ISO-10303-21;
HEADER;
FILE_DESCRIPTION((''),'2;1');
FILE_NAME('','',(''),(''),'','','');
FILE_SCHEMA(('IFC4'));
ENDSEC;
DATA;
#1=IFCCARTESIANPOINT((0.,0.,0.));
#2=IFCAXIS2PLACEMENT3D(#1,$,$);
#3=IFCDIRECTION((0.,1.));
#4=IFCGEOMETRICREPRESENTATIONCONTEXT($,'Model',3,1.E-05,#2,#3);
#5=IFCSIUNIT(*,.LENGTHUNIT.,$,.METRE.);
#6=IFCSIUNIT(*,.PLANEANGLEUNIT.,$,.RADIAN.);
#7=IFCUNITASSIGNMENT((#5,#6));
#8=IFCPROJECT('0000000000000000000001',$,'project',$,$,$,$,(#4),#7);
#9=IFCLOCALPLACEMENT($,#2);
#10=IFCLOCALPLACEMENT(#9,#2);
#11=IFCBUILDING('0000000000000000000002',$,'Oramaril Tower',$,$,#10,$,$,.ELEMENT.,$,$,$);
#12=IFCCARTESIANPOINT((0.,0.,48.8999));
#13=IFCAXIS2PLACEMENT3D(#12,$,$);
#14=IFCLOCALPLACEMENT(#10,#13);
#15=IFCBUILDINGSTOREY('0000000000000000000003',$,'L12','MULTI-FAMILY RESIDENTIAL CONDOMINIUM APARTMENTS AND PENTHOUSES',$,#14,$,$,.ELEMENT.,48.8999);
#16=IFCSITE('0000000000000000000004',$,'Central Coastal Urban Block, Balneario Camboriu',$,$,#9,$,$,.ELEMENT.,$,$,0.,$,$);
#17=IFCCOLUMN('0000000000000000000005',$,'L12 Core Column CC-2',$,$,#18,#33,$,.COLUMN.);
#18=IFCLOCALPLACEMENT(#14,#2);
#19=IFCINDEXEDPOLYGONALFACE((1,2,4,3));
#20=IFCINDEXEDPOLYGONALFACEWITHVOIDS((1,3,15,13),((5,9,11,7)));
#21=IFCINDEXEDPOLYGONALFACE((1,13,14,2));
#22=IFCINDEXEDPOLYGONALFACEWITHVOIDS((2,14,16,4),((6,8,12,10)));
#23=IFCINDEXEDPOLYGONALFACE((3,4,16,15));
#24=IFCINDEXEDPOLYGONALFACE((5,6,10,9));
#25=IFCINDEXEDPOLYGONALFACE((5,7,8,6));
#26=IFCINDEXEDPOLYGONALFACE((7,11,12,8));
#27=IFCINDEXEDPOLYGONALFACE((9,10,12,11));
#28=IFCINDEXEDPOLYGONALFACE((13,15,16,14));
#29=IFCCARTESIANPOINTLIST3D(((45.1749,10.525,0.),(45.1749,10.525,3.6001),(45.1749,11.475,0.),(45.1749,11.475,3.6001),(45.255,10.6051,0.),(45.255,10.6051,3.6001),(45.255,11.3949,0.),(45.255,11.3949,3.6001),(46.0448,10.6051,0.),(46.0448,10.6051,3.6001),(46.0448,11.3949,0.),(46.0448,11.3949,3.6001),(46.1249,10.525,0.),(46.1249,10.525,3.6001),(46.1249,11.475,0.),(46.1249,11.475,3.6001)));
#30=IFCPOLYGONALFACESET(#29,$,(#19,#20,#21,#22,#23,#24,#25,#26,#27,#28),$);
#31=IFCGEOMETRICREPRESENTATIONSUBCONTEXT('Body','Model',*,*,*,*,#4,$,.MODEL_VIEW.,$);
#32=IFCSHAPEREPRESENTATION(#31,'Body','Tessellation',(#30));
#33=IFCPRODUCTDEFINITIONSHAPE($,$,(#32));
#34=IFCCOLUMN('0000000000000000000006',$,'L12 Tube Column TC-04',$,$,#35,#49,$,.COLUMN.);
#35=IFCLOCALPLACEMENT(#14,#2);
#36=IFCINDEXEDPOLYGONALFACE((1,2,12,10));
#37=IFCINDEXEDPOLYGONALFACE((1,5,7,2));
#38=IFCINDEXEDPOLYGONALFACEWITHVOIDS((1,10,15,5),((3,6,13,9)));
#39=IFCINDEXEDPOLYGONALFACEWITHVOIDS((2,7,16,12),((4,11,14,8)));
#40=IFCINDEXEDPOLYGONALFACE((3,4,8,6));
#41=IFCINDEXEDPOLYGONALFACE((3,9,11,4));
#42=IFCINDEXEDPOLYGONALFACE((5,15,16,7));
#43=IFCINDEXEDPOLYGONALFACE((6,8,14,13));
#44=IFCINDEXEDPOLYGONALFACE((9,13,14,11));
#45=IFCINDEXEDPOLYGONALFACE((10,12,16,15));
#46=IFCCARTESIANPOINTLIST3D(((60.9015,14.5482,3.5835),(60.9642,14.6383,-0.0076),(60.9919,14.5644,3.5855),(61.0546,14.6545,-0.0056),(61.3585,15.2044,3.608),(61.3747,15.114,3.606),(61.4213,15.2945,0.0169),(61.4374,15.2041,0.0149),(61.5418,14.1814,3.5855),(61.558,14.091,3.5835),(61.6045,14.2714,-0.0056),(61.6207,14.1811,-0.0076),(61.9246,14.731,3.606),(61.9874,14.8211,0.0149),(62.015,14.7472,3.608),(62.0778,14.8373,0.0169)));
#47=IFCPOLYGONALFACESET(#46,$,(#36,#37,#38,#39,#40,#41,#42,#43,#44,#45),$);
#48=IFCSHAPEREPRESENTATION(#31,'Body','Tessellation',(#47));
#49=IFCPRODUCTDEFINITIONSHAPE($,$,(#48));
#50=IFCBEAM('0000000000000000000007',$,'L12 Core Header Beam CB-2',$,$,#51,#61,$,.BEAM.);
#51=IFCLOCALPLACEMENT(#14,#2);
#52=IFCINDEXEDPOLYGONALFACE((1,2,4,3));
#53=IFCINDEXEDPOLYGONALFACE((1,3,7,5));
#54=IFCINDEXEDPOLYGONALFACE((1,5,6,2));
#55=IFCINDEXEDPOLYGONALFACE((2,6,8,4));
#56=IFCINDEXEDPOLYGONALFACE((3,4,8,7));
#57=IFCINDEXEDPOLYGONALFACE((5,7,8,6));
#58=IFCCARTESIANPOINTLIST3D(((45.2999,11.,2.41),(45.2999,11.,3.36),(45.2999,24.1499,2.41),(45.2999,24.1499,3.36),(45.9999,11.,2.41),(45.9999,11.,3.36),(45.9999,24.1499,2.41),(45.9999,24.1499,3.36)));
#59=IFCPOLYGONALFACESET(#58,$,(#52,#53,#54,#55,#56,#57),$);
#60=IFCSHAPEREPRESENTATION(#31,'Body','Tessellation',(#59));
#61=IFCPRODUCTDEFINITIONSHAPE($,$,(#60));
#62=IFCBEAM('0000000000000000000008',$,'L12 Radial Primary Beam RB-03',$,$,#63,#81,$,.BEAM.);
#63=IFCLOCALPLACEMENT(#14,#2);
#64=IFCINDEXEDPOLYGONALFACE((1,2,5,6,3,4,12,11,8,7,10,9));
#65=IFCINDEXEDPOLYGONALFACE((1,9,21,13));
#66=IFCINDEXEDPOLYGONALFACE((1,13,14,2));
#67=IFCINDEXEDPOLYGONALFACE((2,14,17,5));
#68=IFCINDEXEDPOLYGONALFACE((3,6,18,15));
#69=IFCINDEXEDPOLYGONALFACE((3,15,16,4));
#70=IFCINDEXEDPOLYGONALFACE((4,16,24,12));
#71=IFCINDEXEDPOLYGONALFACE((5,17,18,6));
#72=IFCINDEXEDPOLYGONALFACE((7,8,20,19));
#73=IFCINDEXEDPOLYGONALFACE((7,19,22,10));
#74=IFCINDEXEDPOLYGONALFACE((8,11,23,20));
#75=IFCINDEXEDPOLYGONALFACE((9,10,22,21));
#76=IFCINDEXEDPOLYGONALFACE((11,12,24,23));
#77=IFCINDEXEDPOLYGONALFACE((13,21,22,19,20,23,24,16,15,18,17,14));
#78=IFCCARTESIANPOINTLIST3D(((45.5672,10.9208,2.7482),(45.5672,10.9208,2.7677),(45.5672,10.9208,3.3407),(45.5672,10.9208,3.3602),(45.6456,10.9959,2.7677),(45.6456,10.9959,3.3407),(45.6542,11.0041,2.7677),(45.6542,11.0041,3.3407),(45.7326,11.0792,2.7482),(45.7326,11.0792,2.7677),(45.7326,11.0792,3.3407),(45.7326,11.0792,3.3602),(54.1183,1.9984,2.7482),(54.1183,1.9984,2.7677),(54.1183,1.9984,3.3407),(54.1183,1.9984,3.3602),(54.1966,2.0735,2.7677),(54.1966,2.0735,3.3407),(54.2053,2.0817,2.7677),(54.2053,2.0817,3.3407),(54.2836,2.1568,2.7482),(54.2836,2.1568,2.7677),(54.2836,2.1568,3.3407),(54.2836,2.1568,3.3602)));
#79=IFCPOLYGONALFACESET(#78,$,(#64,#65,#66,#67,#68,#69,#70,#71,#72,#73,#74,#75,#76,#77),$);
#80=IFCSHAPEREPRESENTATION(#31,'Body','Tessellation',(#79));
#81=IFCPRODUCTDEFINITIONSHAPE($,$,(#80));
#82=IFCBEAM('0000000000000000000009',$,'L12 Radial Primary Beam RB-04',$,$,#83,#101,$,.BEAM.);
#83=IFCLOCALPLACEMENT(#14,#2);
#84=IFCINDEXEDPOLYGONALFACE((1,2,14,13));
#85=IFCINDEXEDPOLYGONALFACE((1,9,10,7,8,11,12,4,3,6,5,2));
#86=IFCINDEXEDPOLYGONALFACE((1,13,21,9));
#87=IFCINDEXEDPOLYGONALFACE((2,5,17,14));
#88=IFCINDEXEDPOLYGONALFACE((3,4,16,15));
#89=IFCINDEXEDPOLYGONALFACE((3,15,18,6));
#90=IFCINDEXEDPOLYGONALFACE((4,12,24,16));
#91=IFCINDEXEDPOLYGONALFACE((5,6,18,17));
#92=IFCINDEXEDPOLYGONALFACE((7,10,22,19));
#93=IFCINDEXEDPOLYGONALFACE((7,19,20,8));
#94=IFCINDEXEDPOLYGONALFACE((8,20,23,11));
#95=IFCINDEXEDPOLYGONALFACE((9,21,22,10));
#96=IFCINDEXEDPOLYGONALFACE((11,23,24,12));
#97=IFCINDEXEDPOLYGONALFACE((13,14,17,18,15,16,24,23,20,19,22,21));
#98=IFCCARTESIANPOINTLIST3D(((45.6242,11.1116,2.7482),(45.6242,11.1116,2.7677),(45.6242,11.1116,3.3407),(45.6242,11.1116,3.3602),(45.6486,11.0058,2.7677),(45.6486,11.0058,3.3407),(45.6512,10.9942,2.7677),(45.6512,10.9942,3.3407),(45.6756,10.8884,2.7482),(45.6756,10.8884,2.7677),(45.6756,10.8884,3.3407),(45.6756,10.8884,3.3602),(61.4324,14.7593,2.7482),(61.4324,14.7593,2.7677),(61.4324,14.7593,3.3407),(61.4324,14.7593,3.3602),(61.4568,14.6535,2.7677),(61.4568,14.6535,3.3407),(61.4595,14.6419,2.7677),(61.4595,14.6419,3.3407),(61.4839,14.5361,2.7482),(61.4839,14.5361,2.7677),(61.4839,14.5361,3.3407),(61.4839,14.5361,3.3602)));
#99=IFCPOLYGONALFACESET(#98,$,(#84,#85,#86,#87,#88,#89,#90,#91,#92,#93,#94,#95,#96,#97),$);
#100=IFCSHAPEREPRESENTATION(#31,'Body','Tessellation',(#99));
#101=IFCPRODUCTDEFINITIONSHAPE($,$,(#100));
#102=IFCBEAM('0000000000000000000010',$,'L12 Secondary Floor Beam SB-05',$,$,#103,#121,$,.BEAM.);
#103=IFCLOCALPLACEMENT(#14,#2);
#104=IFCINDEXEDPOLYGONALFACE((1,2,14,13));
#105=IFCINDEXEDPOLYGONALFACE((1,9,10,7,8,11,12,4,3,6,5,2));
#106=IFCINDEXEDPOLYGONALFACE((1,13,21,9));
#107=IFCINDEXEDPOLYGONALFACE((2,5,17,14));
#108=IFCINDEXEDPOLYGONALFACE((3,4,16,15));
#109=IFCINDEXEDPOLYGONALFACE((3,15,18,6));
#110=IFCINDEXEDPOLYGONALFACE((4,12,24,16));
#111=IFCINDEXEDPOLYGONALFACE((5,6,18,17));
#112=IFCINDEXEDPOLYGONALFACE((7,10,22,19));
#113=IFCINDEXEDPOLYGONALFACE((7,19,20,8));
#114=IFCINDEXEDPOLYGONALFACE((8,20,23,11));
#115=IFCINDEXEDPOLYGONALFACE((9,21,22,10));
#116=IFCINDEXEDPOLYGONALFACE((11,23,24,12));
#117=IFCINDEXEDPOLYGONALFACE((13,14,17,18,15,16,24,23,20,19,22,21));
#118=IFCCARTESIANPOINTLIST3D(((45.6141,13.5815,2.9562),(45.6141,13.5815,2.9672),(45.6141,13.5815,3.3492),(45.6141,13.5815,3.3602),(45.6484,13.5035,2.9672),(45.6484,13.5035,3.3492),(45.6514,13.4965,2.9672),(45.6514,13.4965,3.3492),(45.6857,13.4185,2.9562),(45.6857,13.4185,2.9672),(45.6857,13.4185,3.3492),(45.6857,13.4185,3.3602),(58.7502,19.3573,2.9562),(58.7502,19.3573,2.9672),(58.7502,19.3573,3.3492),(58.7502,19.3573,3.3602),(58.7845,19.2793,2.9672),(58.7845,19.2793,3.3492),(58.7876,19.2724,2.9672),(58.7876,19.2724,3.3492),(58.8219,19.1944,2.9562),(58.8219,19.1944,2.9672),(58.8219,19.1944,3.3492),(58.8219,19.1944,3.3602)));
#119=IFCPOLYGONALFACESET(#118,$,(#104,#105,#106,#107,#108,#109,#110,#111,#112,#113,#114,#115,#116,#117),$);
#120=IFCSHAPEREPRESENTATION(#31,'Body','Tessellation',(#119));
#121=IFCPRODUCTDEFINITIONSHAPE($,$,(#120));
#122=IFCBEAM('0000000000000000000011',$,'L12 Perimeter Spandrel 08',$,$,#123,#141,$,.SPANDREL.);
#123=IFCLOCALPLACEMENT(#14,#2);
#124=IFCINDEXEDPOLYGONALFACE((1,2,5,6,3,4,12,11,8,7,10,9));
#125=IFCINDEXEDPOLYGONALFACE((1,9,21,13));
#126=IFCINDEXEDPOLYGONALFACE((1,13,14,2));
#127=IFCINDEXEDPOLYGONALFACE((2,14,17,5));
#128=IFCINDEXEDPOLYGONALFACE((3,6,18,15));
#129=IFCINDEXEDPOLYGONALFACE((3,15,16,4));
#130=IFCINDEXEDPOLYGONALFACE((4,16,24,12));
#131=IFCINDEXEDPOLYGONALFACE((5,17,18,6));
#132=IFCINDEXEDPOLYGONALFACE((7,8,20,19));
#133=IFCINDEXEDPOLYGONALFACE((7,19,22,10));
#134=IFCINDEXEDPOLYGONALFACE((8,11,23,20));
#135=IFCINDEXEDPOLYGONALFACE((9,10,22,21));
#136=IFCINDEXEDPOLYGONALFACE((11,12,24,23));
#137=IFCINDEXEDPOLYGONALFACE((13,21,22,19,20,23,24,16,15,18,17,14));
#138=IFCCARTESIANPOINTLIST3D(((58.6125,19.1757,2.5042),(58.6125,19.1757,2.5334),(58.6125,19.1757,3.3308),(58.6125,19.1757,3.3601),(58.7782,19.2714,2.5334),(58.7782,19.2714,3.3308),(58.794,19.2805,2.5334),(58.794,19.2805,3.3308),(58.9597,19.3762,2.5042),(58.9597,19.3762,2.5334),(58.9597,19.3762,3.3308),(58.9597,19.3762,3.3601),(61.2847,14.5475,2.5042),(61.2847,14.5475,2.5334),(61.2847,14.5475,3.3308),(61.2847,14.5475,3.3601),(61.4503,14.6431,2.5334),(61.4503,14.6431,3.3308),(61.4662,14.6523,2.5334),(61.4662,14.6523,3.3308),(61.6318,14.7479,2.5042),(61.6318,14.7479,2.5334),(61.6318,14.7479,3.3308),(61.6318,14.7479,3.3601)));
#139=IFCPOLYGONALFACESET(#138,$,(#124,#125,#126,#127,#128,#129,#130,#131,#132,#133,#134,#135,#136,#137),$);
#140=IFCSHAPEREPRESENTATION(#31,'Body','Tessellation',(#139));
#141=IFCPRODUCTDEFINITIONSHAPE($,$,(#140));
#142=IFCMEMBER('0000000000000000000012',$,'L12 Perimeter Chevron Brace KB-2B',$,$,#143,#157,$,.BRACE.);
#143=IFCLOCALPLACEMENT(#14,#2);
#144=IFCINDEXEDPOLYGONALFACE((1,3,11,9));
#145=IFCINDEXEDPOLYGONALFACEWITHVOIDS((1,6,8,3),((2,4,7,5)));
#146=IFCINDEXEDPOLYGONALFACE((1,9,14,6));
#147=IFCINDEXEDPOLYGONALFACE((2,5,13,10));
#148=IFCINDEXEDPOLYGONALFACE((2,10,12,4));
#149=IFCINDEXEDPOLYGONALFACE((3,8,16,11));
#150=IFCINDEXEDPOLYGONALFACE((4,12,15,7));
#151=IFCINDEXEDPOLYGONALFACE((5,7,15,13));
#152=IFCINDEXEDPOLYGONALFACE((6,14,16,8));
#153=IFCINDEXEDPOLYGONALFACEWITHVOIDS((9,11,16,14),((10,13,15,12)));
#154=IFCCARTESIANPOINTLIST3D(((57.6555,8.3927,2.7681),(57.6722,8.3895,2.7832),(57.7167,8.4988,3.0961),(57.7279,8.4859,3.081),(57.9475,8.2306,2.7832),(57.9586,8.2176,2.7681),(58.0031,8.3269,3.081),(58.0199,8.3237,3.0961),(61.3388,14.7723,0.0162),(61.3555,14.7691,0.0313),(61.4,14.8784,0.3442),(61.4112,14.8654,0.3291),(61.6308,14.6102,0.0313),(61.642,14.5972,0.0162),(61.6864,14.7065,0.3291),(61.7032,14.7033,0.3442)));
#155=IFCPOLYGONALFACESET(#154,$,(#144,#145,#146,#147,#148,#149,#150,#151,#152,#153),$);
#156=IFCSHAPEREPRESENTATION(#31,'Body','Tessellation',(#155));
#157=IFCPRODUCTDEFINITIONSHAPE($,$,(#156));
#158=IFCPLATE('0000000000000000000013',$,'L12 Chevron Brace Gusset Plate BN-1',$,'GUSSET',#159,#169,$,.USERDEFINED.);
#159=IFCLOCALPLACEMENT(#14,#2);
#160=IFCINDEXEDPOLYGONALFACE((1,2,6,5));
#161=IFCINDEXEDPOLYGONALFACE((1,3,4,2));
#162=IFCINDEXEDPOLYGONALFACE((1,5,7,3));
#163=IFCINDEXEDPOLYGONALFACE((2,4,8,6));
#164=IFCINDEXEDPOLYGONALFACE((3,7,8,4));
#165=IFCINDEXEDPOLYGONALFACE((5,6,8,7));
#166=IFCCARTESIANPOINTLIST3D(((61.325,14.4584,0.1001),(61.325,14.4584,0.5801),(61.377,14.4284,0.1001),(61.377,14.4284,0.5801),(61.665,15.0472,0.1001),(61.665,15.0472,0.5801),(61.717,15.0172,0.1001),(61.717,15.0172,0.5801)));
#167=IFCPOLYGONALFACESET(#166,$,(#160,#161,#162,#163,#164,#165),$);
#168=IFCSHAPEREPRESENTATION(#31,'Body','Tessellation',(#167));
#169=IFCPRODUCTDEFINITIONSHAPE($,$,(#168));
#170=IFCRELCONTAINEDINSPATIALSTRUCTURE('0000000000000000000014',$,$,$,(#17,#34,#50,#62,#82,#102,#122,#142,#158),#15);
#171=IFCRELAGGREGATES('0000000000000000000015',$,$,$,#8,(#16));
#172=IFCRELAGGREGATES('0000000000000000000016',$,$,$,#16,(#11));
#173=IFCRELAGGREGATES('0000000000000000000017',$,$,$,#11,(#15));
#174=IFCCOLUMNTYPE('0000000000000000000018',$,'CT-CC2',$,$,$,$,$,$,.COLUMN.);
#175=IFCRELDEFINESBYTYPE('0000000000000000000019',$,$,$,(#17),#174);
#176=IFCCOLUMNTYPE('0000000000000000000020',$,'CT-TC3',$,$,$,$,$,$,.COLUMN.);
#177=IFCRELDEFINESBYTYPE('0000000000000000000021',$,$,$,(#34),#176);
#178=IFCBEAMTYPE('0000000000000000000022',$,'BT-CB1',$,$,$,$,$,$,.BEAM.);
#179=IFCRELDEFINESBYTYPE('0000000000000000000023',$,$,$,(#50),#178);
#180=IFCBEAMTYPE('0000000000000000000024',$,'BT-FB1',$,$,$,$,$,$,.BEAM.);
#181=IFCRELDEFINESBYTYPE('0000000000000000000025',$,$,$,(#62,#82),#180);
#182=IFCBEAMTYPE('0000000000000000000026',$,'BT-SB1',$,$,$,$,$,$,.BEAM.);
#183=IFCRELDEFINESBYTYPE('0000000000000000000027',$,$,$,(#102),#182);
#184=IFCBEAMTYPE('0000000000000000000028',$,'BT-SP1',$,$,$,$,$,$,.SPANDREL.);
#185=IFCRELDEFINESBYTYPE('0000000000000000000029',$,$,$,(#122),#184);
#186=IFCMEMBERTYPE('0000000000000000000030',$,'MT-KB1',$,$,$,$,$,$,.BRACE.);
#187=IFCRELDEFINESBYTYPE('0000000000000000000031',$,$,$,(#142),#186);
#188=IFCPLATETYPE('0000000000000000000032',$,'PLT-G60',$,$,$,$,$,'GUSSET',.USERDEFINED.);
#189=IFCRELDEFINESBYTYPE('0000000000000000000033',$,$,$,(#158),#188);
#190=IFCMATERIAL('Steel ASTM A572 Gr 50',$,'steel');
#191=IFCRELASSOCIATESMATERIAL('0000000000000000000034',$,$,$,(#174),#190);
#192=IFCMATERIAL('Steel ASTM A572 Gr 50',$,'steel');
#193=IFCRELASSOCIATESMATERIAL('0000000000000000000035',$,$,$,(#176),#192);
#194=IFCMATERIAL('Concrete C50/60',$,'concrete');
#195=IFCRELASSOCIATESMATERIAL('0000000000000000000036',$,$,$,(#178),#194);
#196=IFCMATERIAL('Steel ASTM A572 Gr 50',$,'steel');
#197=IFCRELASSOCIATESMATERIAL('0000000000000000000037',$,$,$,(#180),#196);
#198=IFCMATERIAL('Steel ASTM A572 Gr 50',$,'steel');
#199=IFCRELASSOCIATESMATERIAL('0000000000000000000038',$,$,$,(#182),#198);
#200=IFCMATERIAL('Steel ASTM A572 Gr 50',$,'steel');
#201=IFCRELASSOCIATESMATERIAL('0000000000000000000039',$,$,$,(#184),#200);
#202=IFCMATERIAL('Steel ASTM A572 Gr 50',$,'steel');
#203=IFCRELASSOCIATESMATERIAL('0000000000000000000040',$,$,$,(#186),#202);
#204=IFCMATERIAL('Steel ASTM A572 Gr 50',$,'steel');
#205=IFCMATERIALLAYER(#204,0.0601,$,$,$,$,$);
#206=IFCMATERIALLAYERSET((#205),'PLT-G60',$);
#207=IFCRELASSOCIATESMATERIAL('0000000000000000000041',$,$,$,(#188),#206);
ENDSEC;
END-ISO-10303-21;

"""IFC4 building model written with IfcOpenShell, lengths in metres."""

from ifc_helpers import new_model, si_unit, direction, frame, origin, origin_2d, place, context, subcontext, project, spatial, rectangle, hollow_rectangle, i_section, extrude, material, layer, layer_set, material_profile, profile_set, type_object, element, save


model = new_model("IFC4")

# Units and contexts
model_context = context("Model", 3, precision=1e-05, world=origin(), true_north=direction((0.0, 1.0)))
body_context = subcontext(model_context, "Body", "Model", "MODEL_VIEW")
ifc_project = project(units=[si_unit("LENGTHUNIT", "METRE"), si_unit("PLANEANGLEUNIT", "RADIAN")], contexts=[model_context])

# Site, building, storey
site_placement = place(None, origin())
site = spatial("IfcSite", under=ifc_project, at=site_placement, Name="Central Coastal Urban Block, Balneario Camboriu", CompositionType="ELEMENT", RefElevation=0.0)
building_placement = place(site_placement, origin())
building = spatial("IfcBuilding", under=site, at=building_placement, Name="Oramaril Tower", CompositionType="ELEMENT")
storey_placement = place(building_placement, frame((0.0, 0.0, 48.8999)))
storey = spatial("IfcBuildingStorey", under=building, at=storey_placement, Name="L12", Description="MULTI-FAMILY RESIDENTIAL CONDOMINIUM APARTMENTS AND PENTHOUSES", CompositionType="ELEMENT", Elevation=48.8999)

# Columns
ifc_material_1 = material(Name="Steel ASTM A572 Gr 50", Category="steel")
ifc_material_profile_1 = material_profile(ifc_material_1, hollow_rectangle(XDim=0.95, YDim=0.95, WallThickness=0.0801, at=origin_2d()), Name="BOX950X950X80")
ifc_profile_set_1 = profile_set([ifc_material_profile_1], Name="Steel ASTM A572 Gr 50")
column_type_1 = type_object("IfcColumnType", Name="CT-CC2", PredefinedType="COLUMN", material=ifc_profile_set_1)
column_1_placement = place(storey_placement, frame((45.6499, 11.0, 0.0), z_axis=(0.0, 0.0, 1.0), x_axis=(1.0, 0.0, 0.0)))
element("IfcColumn", 1, at=column_1_placement, inside=storey, type_object=column_type_1, Name="L12 Core Column CC-2", PredefinedType="COLUMN", context=body_context, shape_type="SweptSolid", body=[
    extrude(hollow_rectangle(XDim=0.95, YDim=0.95, WallThickness=0.0801, at=origin_2d()), origin(), (0.0, 0.0, 1.0), 3.6001),
])
ifc_material_2 = material(Name="Steel ASTM A572 Gr 50", Category="steel")
ifc_material_profile_2 = material_profile(ifc_material_2, hollow_rectangle(XDim=0.8, YDim=0.8, WallThickness=0.0649, at=origin_2d()), Name="BOX800X800X65")
ifc_profile_set_2 = profile_set([ifc_material_profile_2], Name="Steel ASTM A572 Gr 50")
column_type_2 = type_object("IfcColumnType", Name="CT-TC3", PredefinedType="COLUMN", material=ifc_profile_set_2)
column_2_placement = place(storey_placement, frame((61.521, 14.7378, 0.0046), z_axis=(-0.017464, -0.025075, 0.999533), x_axis=(0.820588, -0.57152, 0.0)))
element("IfcColumn", 2, at=column_2_placement, inside=storey, type_object=column_type_2, Name="L12 Tube Column TC-04", PredefinedType="COLUMN", context=body_context, shape_type="SweptSolid", body=[
    extrude(hollow_rectangle(XDim=0.8, YDim=0.8, WallThickness=0.0649, at=origin_2d()), origin(), (0.0, 0.0, 1.0), 3.5928),
])

# Beams
ifc_material_3 = material(Name="Concrete C50/60", Category="concrete")
ifc_material_profile_3 = material_profile(ifc_material_3, rectangle(XDim=0.7, YDim=0.95, at=origin_2d()), Name="CB700X950")
ifc_profile_set_3 = profile_set([ifc_material_profile_3], Name="Concrete C50/60")
beam_type_1 = type_object("IfcBeamType", Name="BT-CB1", PredefinedType="BEAM", material=ifc_profile_set_3)
beam_1_placement = place(storey_placement, frame((45.6499, 11.0, 2.885), z_axis=(0.0, 1.0, 0.0), x_axis=(-1.0, 0.0, 0.0)))
element("IfcBeam", 3, at=beam_1_placement, inside=storey, type_object=beam_type_1, Name="L12 Core Header Beam CB-2", PredefinedType="BEAM", context=body_context, shape_type="SweptSolid", body=[
    extrude(rectangle(XDim=0.7, YDim=0.95, at=origin_2d()), origin(), (0.0, 0.0, 1.0), 13.1499),
])
ifc_material_4 = material(Name="Steel ASTM A572 Gr 50", Category="steel")
ifc_material_profile_4 = material_profile(ifc_material_4, i_section(OverallWidth=0.229, OverallDepth=0.6121, WebThickness=0.012, FlangeThickness=0.0195, at=origin_2d()), Name="W24X84")
ifc_profile_set_4 = profile_set([ifc_material_profile_4], Name="Steel ASTM A572 Gr 50")
beam_type_2 = type_object("IfcBeamType", Name="BT-FB1", PredefinedType="BEAM", material=ifc_profile_set_4)
beam_2_placement = place(storey_placement, frame((45.6499, 11.0, 3.0542), z_axis=(0.691923, -0.721971, 0.0), x_axis=(0.721971, 0.691923, 0.0)))
element("IfcBeam", 4, at=beam_2_placement, inside=storey, type_object=beam_type_2, Name="L12 Radial Primary Beam RB-03", PredefinedType="BEAM", context=body_context, shape_type="SweptSolid", body=[
    extrude(i_section(OverallWidth=0.229, OverallDepth=0.6121, WebThickness=0.012, FlangeThickness=0.0195, at=origin_2d()), origin(), (0.0, 0.0, 1.0), 12.3584),
])
beam_3_placement = place(storey_placement, frame((45.6499, 11.0, 3.0542), z_axis=(0.974396, 0.224838, 0.0), x_axis=(-0.224838, 0.974396, 0.0)))
element("IfcBeam", 5, at=beam_3_placement, inside=storey, type_object=beam_type_2, Name="L12 Radial Primary Beam RB-04", PredefinedType="BEAM", context=body_context, shape_type="SweptSolid", body=[
    extrude(i_section(OverallWidth=0.229, OverallDepth=0.6121, WebThickness=0.012, FlangeThickness=0.0195, at=origin_2d()), origin(), (0.0, 0.0, 1.0), 16.2236),
])
ifc_material_5 = material(Name="Steel ASTM A572 Gr 50", Category="steel")
ifc_material_profile_5 = material_profile(ifc_material_5, i_section(OverallWidth=0.178, OverallDepth=0.4041, WebThickness=0.0076, FlangeThickness=0.011, at=origin_2d()), Name="W16X36")
ifc_profile_set_5 = profile_set([ifc_material_profile_5], Name="Steel ASTM A572 Gr 50")
beam_type_3 = type_object("IfcBeamType", Name="BT-SB1", PredefinedType="BEAM", material=ifc_profile_set_5)
beam_4_placement = place(storey_placement, frame((45.6499, 13.5, 3.1582), z_axis=(0.915419, 0.402501, 0.0), x_axis=(-0.402501, 0.915419, 0.0)))
element("IfcBeam", 6, at=beam_4_placement, inside=storey, type_object=beam_type_3, Name="L12 Secondary Floor Beam SB-05", PredefinedType="BEAM", context=body_context, shape_type="SweptSolid", body=[
    extrude(i_section(OverallWidth=0.178, OverallDepth=0.4041, WebThickness=0.0076, FlangeThickness=0.011, at=origin_2d()), origin(), (0.0, 0.0, 1.0), 14.3499),
])
ifc_material_6 = material(Name="Steel ASTM A572 Gr 50", Category="steel")
ifc_material_profile_6 = material_profile(ifc_material_6, i_section(OverallWidth=0.4009, OverallDepth=0.856, WebThickness=0.0183, FlangeThickness=0.0293, at=origin_2d()), Name="W33X201")
ifc_profile_set_6 = profile_set([ifc_material_profile_6], Name="Steel ASTM A572 Gr 50")
beam_type_4 = type_object("IfcBeamType", Name="BT-SP1", PredefinedType="SPANDREL", material=ifc_profile_set_6)
beam_5_placement = place(storey_placement, frame((61.4583, 14.6477, 2.9321), z_axis=(-0.500006, 0.866022, 0.0), x_axis=(-0.866022, -0.500006, 0.0)))
element("IfcBeam", 7, at=beam_5_placement, inside=storey, type_object=beam_type_4, Name="L12 Perimeter Spandrel 08", PredefinedType="SPANDREL", context=body_context, shape_type="SweptSolid", body=[
    extrude(i_section(OverallWidth=0.4009, OverallDepth=0.856, WebThickness=0.0183, FlangeThickness=0.0293, at=origin_2d()), origin(), (0.0, 0.0, 1.0), 5.3442),
])

# Member
ifc_material_7 = material(Name="Steel ASTM A572 Gr 50", Category="steel")
ifc_material_profile_7 = material_profile(ifc_material_7, hollow_rectangle(XDim=0.3501, YDim=0.3501, WallThickness=0.0161, at=origin_2d()), Name="HSS350X350X16")
ifc_profile_set_7 = profile_set([ifc_material_profile_7], Name="Steel ASTM A572 Gr 50")
member_type = type_object("IfcMemberType", Name="MT-KB1", PredefinedType="BRACE", material=ifc_profile_set_7)
member_placement = place(storey_placement, frame((61.521, 14.7378, 0.1802), z_axis=(-0.46839, -0.811262, 0.34995), x_axis=(0.866022, -0.500006, 0.0)))
element("IfcMember", 8, at=member_placement, inside=storey, type_object=member_type, Name="L12 Perimeter Chevron Brace KB-2B", PredefinedType="BRACE", context=body_context, shape_type="SweptSolid", body=[
    extrude(hollow_rectangle(XDim=0.3501, YDim=0.3501, WallThickness=0.0161, at=origin_2d()), origin(), (0.0, 0.0, 1.0), 7.8638),
])

# Plate
ifc_material_8 = material(Name="Steel ASTM A572 Gr 50", Category="steel")
ifc_layer_1 = layer(ifc_material_8, 0.0601)
ifc_layer_set_1 = layer_set([ifc_layer_1], Name="PLT-G60")
plate_type = type_object("IfcPlateType", Name="PLT-G60", ElementType="GUSSET", PredefinedType="USERDEFINED", material=ifc_layer_set_1)
plate_placement = place(storey_placement, frame((61.521, 14.7378, 0.1001), z_axis=(0.0, 0.0, 1.0), x_axis=(0.5, 0.866025, 0.0)))
element("IfcPlate", 9, at=plate_placement, inside=storey, type_object=plate_type, Name="L12 Chevron Brace Gusset Plate BN-1", ObjectType="GUSSET", PredefinedType="USERDEFINED", context=body_context, shape_type="SweptSolid", body=[
    extrude(rectangle(XDim=0.6799, YDim=0.0601, at=origin_2d()), origin(), (0.0, 0.0, 1.0), 0.48),
])

save(model, "model.ifc")
